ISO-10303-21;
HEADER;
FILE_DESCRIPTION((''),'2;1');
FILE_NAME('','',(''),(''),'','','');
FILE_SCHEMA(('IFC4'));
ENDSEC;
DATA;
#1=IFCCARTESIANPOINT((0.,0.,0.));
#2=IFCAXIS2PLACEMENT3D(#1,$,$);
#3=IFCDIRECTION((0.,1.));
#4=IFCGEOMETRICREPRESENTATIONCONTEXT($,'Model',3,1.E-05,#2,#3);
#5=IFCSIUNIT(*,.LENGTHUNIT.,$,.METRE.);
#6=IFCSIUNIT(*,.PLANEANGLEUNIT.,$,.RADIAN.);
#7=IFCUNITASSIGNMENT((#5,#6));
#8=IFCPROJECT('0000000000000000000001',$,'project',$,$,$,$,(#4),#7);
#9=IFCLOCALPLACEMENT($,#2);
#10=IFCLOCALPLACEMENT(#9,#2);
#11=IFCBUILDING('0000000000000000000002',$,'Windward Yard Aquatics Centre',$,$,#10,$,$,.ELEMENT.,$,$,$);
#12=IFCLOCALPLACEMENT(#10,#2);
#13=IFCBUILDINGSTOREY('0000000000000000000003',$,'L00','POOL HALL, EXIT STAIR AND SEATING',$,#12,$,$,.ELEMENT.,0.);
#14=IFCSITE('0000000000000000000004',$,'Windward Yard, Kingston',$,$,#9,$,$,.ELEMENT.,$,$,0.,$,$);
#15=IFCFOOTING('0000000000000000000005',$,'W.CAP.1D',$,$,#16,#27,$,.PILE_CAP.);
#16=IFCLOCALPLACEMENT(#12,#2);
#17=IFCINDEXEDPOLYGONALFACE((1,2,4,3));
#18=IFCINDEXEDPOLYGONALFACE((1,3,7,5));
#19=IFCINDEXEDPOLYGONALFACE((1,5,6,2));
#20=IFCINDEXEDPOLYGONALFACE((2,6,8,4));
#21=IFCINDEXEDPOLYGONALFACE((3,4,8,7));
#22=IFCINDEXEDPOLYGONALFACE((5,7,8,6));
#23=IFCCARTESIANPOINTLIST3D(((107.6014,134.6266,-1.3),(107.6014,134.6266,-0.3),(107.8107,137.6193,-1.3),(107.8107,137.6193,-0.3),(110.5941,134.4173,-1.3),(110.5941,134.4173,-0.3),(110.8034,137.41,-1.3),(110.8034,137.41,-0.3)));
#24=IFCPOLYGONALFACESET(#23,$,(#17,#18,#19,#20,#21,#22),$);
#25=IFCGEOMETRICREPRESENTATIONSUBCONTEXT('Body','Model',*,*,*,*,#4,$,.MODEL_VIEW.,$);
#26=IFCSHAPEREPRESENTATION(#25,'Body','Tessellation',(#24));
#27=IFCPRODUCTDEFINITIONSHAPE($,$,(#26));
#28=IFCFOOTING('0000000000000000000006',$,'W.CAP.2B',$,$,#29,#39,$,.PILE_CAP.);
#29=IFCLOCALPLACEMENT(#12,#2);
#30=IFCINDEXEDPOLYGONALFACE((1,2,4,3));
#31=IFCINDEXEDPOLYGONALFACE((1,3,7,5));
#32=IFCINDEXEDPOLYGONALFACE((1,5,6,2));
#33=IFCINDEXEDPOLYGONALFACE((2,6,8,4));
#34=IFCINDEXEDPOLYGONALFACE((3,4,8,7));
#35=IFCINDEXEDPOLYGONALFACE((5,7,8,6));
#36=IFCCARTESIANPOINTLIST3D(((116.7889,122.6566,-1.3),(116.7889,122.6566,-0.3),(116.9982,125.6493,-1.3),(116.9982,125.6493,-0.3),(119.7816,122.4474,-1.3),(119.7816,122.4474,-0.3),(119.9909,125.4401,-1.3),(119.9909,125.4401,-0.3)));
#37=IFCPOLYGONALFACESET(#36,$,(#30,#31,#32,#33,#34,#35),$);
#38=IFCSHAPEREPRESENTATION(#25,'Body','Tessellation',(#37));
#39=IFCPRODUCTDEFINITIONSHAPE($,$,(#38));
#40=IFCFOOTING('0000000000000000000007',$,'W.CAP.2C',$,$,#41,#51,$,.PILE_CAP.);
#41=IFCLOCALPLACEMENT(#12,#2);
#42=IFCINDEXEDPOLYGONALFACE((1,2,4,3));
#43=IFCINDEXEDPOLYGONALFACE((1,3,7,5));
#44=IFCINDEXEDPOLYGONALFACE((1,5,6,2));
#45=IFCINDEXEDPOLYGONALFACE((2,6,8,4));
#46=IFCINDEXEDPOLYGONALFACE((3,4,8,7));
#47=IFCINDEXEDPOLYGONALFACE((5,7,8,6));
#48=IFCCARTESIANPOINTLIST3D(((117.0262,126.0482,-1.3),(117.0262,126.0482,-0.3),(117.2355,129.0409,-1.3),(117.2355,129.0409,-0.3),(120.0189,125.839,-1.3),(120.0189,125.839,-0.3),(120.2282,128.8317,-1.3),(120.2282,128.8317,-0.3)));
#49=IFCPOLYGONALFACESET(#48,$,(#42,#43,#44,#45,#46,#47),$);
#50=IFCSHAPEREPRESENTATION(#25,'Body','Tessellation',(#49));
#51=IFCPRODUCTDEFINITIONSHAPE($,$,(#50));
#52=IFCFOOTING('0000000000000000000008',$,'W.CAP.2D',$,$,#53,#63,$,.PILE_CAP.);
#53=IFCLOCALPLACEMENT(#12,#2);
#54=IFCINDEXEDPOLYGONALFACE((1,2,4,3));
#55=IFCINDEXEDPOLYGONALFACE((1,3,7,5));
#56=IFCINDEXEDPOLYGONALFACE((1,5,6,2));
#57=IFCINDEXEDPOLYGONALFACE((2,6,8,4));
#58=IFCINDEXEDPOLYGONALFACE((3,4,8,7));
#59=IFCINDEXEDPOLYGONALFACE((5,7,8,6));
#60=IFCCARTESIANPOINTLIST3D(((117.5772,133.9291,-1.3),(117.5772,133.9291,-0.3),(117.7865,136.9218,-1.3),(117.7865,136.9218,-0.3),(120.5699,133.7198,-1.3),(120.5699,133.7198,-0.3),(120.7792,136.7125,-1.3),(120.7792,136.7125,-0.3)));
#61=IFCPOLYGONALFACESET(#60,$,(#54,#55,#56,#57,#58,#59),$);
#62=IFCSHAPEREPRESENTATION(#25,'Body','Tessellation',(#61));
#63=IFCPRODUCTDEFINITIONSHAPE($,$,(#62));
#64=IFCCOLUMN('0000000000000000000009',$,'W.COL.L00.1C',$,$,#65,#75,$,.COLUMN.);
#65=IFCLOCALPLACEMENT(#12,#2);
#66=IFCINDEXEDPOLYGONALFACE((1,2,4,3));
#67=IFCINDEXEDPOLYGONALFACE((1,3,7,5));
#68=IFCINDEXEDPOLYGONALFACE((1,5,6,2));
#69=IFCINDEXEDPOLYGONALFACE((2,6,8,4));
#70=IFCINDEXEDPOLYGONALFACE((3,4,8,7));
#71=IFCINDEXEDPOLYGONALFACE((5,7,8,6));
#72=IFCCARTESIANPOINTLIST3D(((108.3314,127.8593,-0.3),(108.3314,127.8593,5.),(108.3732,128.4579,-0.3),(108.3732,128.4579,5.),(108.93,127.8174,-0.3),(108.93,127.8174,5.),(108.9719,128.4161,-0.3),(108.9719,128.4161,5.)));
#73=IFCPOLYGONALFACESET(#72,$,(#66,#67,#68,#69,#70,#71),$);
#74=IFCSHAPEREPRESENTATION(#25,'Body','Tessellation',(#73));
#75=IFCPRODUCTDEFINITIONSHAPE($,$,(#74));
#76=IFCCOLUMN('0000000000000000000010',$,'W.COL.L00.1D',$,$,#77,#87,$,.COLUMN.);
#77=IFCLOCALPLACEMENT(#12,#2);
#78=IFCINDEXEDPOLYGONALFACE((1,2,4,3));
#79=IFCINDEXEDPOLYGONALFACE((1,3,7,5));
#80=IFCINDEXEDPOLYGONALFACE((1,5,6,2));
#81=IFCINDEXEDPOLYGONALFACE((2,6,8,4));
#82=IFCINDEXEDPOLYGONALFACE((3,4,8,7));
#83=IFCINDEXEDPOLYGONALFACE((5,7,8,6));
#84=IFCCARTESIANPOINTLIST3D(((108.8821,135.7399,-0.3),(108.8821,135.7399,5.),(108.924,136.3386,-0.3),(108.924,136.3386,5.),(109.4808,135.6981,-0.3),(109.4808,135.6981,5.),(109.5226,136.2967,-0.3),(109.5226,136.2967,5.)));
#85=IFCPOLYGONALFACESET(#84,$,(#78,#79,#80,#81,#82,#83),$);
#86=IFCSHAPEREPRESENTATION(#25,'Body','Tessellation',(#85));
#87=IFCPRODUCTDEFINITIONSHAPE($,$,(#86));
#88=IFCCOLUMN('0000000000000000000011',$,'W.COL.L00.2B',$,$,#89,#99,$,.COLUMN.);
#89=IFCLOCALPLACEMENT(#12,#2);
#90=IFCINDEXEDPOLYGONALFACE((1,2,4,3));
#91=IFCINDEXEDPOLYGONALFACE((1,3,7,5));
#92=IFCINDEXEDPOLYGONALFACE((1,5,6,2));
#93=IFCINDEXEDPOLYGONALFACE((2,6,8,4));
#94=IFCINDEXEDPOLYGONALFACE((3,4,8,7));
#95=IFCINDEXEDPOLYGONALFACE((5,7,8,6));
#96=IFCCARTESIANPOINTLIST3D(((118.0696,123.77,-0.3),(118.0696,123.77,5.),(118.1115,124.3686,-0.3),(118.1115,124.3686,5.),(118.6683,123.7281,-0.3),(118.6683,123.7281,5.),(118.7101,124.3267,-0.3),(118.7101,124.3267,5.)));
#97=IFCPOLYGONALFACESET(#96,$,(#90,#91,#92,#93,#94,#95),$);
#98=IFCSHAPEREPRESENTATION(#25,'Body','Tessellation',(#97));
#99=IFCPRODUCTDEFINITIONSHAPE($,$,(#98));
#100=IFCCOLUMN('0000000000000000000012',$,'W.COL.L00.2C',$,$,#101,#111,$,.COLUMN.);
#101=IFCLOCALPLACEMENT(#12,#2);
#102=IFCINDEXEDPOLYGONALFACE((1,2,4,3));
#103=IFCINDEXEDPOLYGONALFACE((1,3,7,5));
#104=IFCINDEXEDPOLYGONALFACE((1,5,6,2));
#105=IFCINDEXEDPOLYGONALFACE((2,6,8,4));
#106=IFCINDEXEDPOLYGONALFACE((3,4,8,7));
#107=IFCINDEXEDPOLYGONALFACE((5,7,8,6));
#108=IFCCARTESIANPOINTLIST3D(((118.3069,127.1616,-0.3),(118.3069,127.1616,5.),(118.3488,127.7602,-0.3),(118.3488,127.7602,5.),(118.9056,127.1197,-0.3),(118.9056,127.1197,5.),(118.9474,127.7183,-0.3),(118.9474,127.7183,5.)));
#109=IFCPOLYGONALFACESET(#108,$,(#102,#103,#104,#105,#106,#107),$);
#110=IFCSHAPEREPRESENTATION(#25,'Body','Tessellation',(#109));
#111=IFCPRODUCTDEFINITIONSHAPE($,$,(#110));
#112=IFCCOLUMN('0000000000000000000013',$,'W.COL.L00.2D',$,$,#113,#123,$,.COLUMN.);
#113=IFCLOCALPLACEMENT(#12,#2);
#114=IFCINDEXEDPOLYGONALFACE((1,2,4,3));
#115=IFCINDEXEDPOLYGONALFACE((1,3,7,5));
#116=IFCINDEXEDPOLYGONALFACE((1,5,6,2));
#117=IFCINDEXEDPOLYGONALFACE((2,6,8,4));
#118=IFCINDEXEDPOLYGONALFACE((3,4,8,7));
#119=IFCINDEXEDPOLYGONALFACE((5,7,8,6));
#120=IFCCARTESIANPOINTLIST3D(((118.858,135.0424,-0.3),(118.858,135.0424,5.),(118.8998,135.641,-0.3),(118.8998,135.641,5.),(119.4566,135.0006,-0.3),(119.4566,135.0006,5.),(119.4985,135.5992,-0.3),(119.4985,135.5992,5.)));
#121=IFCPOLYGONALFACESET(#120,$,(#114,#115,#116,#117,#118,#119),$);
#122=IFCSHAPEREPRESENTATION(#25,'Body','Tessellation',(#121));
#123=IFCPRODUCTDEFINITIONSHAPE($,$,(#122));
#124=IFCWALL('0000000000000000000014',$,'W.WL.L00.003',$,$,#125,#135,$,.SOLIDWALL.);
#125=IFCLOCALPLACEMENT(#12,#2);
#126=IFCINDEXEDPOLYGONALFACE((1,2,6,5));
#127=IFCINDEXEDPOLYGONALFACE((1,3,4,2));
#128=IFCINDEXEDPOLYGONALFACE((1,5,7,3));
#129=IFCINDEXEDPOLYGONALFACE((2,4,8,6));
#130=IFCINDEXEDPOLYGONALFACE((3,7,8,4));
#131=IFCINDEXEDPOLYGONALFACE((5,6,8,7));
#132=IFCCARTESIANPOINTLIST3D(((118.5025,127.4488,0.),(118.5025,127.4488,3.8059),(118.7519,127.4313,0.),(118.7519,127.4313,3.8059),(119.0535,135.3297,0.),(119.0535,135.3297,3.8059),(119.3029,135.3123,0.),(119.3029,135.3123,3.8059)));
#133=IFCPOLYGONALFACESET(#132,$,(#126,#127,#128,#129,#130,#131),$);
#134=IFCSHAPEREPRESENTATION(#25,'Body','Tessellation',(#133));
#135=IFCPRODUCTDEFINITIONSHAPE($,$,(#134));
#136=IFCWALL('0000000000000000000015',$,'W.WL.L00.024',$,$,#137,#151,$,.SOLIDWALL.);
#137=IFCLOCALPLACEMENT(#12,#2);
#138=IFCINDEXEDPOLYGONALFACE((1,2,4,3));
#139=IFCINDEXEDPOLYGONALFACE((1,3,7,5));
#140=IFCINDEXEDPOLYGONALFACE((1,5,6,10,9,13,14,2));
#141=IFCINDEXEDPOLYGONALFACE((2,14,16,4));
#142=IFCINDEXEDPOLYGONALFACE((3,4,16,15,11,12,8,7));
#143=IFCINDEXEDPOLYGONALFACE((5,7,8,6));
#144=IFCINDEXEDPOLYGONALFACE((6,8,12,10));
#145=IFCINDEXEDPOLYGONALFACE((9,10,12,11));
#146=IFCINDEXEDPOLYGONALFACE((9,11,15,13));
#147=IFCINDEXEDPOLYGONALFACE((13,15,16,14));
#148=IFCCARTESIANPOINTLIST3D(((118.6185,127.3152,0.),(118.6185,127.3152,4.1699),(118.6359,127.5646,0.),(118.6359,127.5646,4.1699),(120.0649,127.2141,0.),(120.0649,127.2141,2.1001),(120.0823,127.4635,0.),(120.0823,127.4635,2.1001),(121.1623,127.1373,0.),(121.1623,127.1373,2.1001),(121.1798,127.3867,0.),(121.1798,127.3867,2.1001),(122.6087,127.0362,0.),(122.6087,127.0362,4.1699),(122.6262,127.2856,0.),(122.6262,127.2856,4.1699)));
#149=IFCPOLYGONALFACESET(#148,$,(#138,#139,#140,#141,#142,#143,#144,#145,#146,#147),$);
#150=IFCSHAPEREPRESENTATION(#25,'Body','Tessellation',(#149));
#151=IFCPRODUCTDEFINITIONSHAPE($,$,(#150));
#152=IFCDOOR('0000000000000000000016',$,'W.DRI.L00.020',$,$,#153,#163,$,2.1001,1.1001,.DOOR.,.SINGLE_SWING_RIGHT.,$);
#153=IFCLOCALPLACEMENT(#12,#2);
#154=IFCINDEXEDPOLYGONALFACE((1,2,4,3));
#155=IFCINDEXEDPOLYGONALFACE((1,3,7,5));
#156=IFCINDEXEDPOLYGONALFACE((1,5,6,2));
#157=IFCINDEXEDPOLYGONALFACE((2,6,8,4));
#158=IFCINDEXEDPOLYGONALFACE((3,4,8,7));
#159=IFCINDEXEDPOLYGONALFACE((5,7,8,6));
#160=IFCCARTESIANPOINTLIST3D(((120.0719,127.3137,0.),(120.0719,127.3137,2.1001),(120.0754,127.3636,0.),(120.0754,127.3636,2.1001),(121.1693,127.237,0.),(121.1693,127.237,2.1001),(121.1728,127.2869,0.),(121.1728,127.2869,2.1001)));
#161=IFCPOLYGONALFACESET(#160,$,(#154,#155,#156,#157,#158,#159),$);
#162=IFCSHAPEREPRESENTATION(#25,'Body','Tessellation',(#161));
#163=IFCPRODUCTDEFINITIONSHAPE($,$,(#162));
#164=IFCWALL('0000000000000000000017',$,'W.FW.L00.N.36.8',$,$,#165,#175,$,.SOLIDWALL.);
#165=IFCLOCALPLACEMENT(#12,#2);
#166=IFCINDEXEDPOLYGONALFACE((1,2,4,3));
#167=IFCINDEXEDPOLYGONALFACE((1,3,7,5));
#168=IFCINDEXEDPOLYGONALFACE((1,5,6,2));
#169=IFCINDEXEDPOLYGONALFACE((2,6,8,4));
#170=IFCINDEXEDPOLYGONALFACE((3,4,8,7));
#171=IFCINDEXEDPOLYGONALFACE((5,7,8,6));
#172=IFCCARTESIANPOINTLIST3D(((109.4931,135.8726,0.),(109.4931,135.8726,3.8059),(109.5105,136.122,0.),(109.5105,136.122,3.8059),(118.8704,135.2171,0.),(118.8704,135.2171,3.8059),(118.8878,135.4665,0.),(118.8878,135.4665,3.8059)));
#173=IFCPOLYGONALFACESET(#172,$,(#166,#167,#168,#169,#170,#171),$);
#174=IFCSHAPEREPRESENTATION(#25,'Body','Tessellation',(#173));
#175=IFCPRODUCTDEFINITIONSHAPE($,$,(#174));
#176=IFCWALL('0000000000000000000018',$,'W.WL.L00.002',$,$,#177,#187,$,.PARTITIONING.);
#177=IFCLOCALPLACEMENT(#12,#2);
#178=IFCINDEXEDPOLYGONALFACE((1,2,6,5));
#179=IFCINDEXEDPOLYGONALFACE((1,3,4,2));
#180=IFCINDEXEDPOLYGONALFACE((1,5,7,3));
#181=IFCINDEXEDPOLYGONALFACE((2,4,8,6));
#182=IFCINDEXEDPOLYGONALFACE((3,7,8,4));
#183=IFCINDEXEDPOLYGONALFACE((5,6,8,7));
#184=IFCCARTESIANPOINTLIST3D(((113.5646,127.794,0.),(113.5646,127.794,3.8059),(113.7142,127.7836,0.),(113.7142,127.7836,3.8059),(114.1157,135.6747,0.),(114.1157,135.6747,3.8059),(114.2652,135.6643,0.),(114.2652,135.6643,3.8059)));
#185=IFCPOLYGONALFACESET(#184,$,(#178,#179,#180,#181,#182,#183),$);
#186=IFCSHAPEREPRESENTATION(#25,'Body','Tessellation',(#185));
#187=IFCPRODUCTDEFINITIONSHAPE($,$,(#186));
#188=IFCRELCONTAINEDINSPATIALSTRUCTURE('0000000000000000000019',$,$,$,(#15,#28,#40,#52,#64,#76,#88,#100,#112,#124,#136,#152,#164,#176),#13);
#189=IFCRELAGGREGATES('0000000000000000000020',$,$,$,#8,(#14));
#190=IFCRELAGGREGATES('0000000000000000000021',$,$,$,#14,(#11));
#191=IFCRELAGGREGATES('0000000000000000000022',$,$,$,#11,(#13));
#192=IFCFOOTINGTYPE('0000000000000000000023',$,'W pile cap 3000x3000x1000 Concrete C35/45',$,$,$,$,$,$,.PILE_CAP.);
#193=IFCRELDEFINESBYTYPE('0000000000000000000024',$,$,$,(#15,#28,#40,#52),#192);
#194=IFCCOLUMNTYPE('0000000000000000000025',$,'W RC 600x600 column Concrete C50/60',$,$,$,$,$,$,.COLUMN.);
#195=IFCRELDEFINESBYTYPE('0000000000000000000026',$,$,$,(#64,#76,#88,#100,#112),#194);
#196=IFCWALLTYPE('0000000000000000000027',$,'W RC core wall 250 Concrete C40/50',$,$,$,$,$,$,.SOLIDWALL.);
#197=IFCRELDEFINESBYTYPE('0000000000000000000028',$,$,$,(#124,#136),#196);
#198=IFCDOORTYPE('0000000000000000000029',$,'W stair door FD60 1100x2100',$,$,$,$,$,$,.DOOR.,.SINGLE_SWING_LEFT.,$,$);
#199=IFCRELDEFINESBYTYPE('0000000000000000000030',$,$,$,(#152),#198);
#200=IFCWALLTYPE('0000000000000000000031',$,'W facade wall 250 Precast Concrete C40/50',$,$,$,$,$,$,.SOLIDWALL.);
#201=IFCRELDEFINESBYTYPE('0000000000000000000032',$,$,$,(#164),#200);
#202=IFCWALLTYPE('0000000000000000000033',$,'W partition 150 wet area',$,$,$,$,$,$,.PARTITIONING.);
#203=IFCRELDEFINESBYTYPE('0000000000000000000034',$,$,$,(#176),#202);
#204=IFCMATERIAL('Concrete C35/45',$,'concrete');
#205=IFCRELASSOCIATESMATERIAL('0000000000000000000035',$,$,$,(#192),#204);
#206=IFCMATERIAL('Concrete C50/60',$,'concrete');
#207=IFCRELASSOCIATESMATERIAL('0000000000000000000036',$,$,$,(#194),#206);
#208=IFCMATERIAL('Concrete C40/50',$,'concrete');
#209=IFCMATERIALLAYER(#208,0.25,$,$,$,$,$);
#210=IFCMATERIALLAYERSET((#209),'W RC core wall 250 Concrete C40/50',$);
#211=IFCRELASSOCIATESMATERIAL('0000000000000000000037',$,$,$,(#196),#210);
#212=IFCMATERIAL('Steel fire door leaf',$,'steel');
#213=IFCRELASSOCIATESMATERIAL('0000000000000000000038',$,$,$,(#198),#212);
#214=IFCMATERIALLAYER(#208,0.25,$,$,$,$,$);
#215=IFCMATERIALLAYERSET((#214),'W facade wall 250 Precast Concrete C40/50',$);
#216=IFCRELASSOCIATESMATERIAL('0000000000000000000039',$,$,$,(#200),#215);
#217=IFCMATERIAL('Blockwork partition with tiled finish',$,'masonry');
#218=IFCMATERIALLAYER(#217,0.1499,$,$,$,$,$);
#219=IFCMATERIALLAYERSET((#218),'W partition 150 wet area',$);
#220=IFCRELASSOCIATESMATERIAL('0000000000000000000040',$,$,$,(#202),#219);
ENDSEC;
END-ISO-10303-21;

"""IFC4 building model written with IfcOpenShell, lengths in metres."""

from ifc_helpers import new_model, si_unit, direction, frame, frame_2d, origin, origin_2d, place, context, subcontext, project, spatial, rectangle, extrude, material, layer, layer_set, material_profile, profile_set, type_object, element, fill, save


model = new_model("IFC4")

# Units and contexts
model_context = context("Model", 3, precision=1e-05, world=origin(), true_north=direction((0.0, 1.0)))
body_context = subcontext(model_context, "Body", "Model", "MODEL_VIEW")
ifc_project = project(units=[si_unit("LENGTHUNIT", "METRE"), si_unit("PLANEANGLEUNIT", "RADIAN")], contexts=[model_context])

# Site, building, storey
site_placement = place(None, origin())
site = spatial("IfcSite", under=ifc_project, at=site_placement, Name="Windward Yard, Kingston", CompositionType="ELEMENT", RefElevation=0.0)
building_placement = place(site_placement, origin())
building = spatial("IfcBuilding", under=site, at=building_placement, Name="Windward Yard Aquatics Centre", CompositionType="ELEMENT")
storey_placement = place(building_placement, origin())
storey = spatial("IfcBuildingStorey", under=building, at=storey_placement, Name="L00", Description="POOL HALL, EXIT STAIR AND SEATING", CompositionType="ELEMENT", Elevation=0.0)

# Shared definitions
ifc_material_1 = material(Name="Concrete C35/45", Category="concrete")

# Footings
footing_type = type_object("IfcFootingType", Name="W pile cap 3000x3000x1000 Concrete C35/45", PredefinedType="PILE_CAP", material=ifc_material_1)
for number, where, z_axis, x_axis, name in (
    (1, (109.2024, 136.0183, -1.3), (0.0, 0.0, 1.0), (0.997564, -0.069756, 0.0), "W.CAP.1D"),
    (2, (118.3899, 124.0483, -1.3), (0.0, 0.0, 1.0), (0.997564, -0.069756, 0.0), "W.CAP.2B"),
    (3, (118.6272, 127.4399, -1.3), (0.0, 0.0, 1.0), (0.997564, -0.069756, 0.0), "W.CAP.2C"),
    (4, (119.1782, 135.3208, -1.3), (0.0, 0.0, 1.0), (0.997564, -0.069756, 0.0), "W.CAP.2D"),
):
    element("IfcFooting", number, at=place(storey_placement, frame(where, z_axis=z_axis, x_axis=x_axis)), inside=storey, type_object=footing_type, Name=name, PredefinedType="PILE_CAP", context=body_context, shape_type="SweptSolid", body=[
        extrude(rectangle(XDim=3.0, YDim=3.0, at=origin_2d()), origin(), (0.0, 0.0, 1.0), 1.0),
    ])

# Columns
ifc_material_2 = material(Name="Concrete C50/60", Category="concrete")
ifc_material_profile_1 = material_profile(ifc_material_2, rectangle(XDim=0.6001, YDim=0.6001, at=origin_2d()), Name="RC 600x600")
ifc_profile_set_1 = profile_set([ifc_material_profile_1], Name="Concrete C50/60")
column_type = type_object("IfcColumnType", Name="W RC 600x600 column Concrete C50/60", PredefinedType="COLUMN", material=ifc_profile_set_1)
for number, where, z_axis, x_axis, name in (
    (5, (108.6516, 128.1377, -0.3), (0.0, 0.0, 1.0), (0.997564, -0.069756, 0.0), "W.COL.L00.1C"),
    (6, (109.2024, 136.0183, -0.3), (0.0, 0.0, 1.0), (0.997564, -0.069756, 0.0), "W.COL.L00.1D"),
    (7, (118.3899, 124.0483, -0.3), (0.0, 0.0, 1.0), (0.997564, -0.069756, 0.0), "W.COL.L00.2B"),
    (8, (118.6272, 127.4399, -0.3), (0.0, 0.0, 1.0), (0.997564, -0.069756, 0.0), "W.COL.L00.2C"),
    (9, (119.1782, 135.3208, -0.3), (0.0, 0.0, 1.0), (0.997564, -0.069756, 0.0), "W.COL.L00.2D"),
):
    element("IfcColumn", number, at=place(storey_placement, frame(where, z_axis=z_axis, x_axis=x_axis)), inside=storey, type_object=column_type, Name=name, PredefinedType="COLUMN", context=body_context, shape_type="SweptSolid", body=[
        extrude(rectangle(XDim=0.6001, YDim=0.6001, at=origin_2d()), origin(), (0.0, 0.0, 1.0), 5.3),
    ])

# Wall
ifc_material_3 = material(Name="Concrete C40/50", Category="concrete")
ifc_layer_1 = layer(ifc_material_3, 0.25)
ifc_layer_set_1 = layer_set([ifc_layer_1], Name="W RC core wall 250 Concrete C40/50")
wall_type_1 = type_object("IfcWallType", Name="W RC core wall 250 Concrete C40/50", PredefinedType="SOLIDWALL", material=ifc_layer_set_1)
wall_1_placement = place(storey_placement, frame((118.6272, 127.4399, 0.0), z_axis=(0.0, 0.0, 1.0), x_axis=(0.069749, 0.997565, 0.0)))
element("IfcWall", 10, at=wall_1_placement, inside=storey, type_object=wall_type_1, Name="W.WL.L00.003", PredefinedType="SOLIDWALL", context=body_context, shape_type="SweptSolid", body=[
    extrude(rectangle(XDim=7.9001, YDim=0.25, at=frame_2d((3.9502, 0.0))), origin(), (0.0, 0.0, 1.0), 3.8059),
])

# Wall, opening, door
wall_2_placement = place(storey_placement, frame((118.6272, 127.4399, 0.0), z_axis=(0.0, 0.0, 1.0), x_axis=(0.997564, -0.069764, 0.0)))
wall_2 = element("IfcWall", 11, at=wall_2_placement, inside=storey, type_object=wall_type_1, Name="W.WL.L00.024", PredefinedType="SOLIDWALL", context=body_context, shape_type="SweptSolid", body=[
    extrude(rectangle(XDim=4.0, YDim=0.25, at=frame_2d((2.0, 0.0))), origin(), (0.0, 0.0, 1.0), 4.1699),
])
opening_1_placement = place(wall_2_placement, frame((1.45, 0.0, 0.0)))
opening_1 = element("IfcOpeningElement", 12, at=opening_1_placement, cuts=wall_2, PredefinedType="OPENING", context=body_context, shape_type="SweptSolid", body=[
    extrude(rectangle(XDim=1.1001, YDim=2.1001, at=frame_2d((0.55, 1.05))), frame((0.0, 0.135, 0.0), z_axis=(0.0, -1.0, 0.0), x_axis=(1.0, 0.0, 0.0)), (0.0, 0.0, 1.0), 0.27),
])
ifc_material_4 = material(Name="Steel fire door leaf", Category="steel")
door_type_1 = type_object("IfcDoorType", Name="W stair door FD60 1100x2100", OperationType="SINGLE_SWING_LEFT", PredefinedType="DOOR", material=ifc_material_4)
door_1_placement = place(opening_1_placement, origin())
door_1 = element("IfcDoor", 13, at=door_1_placement, inside=storey, type_object=door_type_1, Name="W.DRI.L00.020", OperationType="SINGLE_SWING_RIGHT", OverallHeight=2.1001, OverallWidth=1.1001, PredefinedType="DOOR", context=body_context, shape_type="SweptSolid", body=[
    extrude(rectangle(XDim=1.1001, YDim=2.1001, at=frame_2d((0.55, 1.05))), frame((0.0, 0.0249, 0.0), z_axis=(0.0, -1.0, 0.0), x_axis=(1.0, 0.0, 0.0)), (0.0, 0.0, 1.0), 0.05),
])
fill(opening_1, door_1)

# Walls
ifc_layer_2 = layer(ifc_material_3, 0.25)
ifc_layer_set_2 = layer_set([ifc_layer_2], Name="W facade wall 250 Precast Concrete C40/50")
wall_type_2 = type_object("IfcWallType", Name="W facade wall 250 Precast Concrete C40/50", PredefinedType="SOLIDWALL", material=ifc_layer_set_2)
wall_3_placement = place(storey_placement, frame((109.5017, 135.9973, 0.0), z_axis=(0.0, 0.0, 1.0), x_axis=(0.997566, -0.069735, 0.0)))
element("IfcWall", 14, at=wall_3_placement, inside=storey, type_object=wall_type_2, Name="W.FW.L00.N.36.8", PredefinedType="SOLIDWALL", context=body_context, shape_type="SweptSolid", body=[
    extrude(rectangle(XDim=9.4001, YDim=0.25, at=frame_2d((4.7002, 0.0))), origin(), (0.0, 0.0, 1.0), 3.8059),
])
ifc_material_5 = material(Name="Blockwork partition with tiled finish", Category="masonry")
ifc_layer_3 = layer(ifc_material_5, 0.1499)
ifc_layer_set_3 = layer_set([ifc_layer_3], Name="W partition 150 wet area")
wall_type_3 = type_object("IfcWallType", Name="W partition 150 wet area", PredefinedType="PARTITIONING", material=ifc_layer_set_3)
wall_4_placement = place(storey_placement, frame((113.6394, 127.7888, 0.0), z_axis=(0.0, 0.0, 1.0), x_axis=(0.069751, 0.997564, 0.0)))
element("IfcWall", 15, at=wall_4_placement, inside=storey, type_object=wall_type_3, Name="W.WL.L00.002", PredefinedType="PARTITIONING", context=body_context, shape_type="SweptSolid", body=[
    extrude(rectangle(XDim=7.8999, YDim=0.1499, at=frame_2d((3.95, 0.0))), origin(), (0.0, 0.0, 1.0), 3.8059),
])

save(model, "model.ifc")
